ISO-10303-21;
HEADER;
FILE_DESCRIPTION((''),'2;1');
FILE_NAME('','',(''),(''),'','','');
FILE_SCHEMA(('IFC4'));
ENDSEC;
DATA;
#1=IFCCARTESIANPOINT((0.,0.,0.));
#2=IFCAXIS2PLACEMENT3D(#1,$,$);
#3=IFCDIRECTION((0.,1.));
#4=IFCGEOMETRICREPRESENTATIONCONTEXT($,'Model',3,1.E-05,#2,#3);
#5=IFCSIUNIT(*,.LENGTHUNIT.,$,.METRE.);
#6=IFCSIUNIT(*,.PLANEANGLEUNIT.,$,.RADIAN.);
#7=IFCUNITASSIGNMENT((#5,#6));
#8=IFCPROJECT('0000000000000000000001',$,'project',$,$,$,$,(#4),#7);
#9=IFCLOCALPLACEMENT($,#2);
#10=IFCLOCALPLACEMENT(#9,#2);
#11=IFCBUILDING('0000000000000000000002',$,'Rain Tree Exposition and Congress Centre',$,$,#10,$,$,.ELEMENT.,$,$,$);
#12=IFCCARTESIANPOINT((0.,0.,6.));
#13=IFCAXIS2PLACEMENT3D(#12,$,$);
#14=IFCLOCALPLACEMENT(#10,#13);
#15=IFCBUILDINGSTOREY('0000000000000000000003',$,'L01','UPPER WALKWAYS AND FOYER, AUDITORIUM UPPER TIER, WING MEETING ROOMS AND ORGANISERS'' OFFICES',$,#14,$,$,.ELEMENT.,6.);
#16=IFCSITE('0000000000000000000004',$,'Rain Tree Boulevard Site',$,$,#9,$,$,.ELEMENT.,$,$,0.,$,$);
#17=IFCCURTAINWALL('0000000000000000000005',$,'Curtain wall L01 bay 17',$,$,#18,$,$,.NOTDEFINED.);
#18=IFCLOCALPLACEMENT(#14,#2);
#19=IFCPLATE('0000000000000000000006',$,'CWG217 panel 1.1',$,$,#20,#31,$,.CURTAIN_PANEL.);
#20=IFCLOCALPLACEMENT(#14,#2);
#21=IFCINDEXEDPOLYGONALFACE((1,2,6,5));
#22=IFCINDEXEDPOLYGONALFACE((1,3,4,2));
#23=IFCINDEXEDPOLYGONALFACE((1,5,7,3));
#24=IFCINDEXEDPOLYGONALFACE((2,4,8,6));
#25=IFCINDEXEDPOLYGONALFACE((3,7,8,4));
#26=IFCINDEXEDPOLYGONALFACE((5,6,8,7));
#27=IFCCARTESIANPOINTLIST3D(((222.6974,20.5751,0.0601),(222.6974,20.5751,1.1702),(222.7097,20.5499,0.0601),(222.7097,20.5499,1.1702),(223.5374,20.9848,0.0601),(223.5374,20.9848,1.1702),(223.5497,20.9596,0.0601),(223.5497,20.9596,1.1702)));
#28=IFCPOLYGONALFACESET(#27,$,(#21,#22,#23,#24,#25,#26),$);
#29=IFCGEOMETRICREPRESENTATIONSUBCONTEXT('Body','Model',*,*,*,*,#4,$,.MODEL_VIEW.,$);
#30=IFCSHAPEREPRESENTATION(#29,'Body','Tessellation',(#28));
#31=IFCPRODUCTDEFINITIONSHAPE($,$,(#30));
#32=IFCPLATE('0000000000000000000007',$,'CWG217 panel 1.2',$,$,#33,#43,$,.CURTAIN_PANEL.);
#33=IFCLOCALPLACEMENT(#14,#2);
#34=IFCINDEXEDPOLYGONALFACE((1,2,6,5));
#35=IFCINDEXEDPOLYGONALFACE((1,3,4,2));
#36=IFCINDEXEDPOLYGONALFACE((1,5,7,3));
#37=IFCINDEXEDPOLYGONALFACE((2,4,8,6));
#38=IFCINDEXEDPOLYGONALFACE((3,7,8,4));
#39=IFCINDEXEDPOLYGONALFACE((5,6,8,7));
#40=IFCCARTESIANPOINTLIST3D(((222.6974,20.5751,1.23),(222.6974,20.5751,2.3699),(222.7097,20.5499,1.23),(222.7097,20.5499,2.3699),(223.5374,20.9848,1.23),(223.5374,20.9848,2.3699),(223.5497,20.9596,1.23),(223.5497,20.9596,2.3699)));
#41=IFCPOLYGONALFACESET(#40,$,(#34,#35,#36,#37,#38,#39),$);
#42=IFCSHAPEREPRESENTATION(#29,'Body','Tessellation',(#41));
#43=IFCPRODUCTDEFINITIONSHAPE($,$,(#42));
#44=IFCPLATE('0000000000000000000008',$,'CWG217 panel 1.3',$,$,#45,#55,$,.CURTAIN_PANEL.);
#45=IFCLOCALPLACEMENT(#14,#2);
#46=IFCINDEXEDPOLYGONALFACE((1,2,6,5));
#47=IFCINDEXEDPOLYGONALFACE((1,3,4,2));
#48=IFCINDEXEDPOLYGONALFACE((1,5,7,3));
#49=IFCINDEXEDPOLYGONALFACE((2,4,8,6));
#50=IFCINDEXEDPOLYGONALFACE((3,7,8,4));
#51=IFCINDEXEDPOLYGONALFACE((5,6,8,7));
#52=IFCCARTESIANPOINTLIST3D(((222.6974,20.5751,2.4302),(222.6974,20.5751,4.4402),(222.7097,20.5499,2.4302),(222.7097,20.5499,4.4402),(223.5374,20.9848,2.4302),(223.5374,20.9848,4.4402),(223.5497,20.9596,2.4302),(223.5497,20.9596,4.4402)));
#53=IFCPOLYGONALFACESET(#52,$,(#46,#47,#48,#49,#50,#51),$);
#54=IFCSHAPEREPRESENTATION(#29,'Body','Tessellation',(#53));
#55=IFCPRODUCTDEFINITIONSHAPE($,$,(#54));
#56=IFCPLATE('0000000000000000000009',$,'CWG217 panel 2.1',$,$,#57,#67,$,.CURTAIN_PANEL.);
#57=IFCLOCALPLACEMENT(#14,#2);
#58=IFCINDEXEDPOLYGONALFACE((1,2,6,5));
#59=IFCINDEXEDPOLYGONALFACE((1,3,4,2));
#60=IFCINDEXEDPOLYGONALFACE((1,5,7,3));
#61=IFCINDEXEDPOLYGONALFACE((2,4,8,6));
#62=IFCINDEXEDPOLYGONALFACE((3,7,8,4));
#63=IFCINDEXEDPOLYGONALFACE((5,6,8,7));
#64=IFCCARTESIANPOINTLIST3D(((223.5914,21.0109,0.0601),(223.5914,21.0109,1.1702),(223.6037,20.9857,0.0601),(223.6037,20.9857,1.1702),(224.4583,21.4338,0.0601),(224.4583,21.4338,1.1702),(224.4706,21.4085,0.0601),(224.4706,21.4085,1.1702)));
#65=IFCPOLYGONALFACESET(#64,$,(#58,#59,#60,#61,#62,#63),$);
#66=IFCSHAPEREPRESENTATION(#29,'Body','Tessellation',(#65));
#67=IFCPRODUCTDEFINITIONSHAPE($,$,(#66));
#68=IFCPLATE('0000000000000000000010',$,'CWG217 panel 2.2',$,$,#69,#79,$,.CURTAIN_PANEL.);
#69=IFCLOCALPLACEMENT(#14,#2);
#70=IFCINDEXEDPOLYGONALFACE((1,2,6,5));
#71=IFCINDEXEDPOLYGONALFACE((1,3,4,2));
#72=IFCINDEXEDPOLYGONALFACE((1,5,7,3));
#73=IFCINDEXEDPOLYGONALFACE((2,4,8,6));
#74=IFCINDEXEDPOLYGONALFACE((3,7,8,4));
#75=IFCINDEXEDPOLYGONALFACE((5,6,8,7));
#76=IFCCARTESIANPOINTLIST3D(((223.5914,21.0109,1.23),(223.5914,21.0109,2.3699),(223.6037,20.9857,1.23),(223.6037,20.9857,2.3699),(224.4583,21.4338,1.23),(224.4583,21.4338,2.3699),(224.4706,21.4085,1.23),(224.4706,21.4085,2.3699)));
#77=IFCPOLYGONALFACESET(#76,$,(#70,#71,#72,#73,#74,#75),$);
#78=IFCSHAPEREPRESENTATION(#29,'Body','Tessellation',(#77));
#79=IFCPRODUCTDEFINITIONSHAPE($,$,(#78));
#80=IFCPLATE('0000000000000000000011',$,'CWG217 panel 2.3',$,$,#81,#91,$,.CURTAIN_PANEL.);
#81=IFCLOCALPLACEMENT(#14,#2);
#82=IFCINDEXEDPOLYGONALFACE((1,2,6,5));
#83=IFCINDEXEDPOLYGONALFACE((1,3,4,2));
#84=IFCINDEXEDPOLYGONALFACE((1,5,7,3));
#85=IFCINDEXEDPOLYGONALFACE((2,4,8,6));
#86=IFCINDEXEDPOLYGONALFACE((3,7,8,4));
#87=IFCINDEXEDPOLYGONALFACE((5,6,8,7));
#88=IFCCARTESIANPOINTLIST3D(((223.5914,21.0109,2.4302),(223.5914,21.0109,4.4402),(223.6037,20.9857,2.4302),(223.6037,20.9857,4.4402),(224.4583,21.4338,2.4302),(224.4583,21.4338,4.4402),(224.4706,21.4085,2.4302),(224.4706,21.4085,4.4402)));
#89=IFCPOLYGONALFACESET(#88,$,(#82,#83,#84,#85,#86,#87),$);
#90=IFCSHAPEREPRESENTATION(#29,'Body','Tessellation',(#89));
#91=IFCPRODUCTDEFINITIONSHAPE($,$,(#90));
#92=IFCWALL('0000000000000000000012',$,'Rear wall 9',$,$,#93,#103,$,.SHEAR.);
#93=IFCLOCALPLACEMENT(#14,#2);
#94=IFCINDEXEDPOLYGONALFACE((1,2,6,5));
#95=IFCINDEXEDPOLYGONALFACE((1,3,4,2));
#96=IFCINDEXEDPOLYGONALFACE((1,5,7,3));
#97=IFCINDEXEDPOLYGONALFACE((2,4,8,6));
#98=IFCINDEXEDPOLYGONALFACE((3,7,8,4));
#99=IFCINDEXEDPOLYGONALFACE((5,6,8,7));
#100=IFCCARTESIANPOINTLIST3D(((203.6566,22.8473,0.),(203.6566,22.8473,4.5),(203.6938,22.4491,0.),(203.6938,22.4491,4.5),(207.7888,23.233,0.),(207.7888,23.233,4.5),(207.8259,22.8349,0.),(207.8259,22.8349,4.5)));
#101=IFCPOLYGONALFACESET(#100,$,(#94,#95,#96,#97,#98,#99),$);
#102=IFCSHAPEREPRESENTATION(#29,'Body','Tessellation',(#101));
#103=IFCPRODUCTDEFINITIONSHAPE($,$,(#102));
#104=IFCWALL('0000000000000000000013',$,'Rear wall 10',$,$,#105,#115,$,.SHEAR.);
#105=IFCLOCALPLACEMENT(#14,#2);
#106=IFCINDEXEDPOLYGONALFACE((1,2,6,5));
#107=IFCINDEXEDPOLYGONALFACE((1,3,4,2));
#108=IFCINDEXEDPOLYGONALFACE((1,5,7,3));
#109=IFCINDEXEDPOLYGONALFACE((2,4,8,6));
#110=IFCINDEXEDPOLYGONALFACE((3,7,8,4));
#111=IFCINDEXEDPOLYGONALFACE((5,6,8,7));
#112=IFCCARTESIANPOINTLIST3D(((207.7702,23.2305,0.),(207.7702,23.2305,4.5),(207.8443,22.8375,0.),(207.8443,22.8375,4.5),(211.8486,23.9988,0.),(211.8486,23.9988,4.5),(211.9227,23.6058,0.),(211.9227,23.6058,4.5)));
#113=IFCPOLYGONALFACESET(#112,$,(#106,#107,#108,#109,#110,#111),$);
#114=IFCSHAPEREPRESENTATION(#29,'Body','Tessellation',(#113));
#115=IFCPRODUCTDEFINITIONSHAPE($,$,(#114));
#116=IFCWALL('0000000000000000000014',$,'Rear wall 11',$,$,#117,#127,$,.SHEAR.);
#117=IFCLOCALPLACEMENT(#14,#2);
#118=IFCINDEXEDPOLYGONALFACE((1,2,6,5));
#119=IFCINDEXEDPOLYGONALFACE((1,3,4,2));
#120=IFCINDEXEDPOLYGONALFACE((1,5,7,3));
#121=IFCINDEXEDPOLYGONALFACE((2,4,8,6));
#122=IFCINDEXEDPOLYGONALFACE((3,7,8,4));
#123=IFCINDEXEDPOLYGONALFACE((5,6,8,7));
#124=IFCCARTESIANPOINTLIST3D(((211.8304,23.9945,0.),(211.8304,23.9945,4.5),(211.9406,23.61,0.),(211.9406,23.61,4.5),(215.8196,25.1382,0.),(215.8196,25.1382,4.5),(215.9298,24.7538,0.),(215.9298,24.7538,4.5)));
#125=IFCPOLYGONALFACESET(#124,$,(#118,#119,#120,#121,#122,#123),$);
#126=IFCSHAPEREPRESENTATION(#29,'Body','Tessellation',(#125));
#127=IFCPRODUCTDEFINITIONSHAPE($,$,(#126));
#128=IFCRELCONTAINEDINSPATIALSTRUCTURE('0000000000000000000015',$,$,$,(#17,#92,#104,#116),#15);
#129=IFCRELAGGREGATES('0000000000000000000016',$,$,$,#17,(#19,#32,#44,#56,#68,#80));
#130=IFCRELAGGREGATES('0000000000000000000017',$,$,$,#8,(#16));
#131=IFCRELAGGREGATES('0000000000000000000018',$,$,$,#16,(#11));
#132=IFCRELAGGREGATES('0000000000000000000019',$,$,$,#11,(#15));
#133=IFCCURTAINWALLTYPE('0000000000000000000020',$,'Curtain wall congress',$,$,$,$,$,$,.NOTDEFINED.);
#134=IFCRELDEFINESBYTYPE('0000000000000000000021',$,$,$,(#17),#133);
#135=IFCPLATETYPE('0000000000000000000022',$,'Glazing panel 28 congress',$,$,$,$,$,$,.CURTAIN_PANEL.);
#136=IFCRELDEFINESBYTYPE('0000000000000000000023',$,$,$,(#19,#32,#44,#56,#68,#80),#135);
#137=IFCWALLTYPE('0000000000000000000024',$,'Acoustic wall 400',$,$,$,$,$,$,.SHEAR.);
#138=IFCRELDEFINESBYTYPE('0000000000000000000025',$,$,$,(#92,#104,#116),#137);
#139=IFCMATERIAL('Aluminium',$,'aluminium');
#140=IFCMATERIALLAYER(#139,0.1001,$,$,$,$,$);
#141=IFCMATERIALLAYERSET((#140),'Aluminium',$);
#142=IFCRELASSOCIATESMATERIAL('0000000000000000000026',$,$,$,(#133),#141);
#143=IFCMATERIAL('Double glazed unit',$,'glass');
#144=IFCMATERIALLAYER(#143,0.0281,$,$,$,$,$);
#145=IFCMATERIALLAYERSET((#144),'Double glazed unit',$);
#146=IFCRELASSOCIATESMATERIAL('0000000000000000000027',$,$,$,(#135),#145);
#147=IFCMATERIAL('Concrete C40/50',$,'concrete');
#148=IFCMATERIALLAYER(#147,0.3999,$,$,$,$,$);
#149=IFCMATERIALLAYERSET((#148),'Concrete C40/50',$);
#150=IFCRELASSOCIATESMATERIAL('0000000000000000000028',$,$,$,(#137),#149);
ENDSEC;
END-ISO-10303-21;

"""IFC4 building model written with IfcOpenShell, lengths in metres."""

from ifc_helpers import new_model, si_unit, direction, frame, frame_2d, origin, origin_2d, place, context, subcontext, project, spatial, rectangle, extrude, material, layer, layer_set, type_object, element, aggregate, save


model = new_model("IFC4")

# Units and contexts
model_context = context("Model", 3, precision=1e-05, world=origin(), true_north=direction((0.0, 1.0)))
body_context = subcontext(model_context, "Body", "Model", "MODEL_VIEW")
ifc_project = project(units=[si_unit("LENGTHUNIT", "METRE"), si_unit("PLANEANGLEUNIT", "RADIAN")], contexts=[model_context])

# Site, building, storey
site_placement = place(None, origin())
site = spatial("IfcSite", under=ifc_project, at=site_placement, Name="Rain Tree Boulevard Site", CompositionType="ELEMENT", RefElevation=0.0)
building_placement = place(site_placement, origin())
building = spatial("IfcBuilding", under=site, at=building_placement, Name="Rain Tree Exposition and Congress Centre", CompositionType="ELEMENT")
storey_placement = place(building_placement, frame((0.0, 0.0, 6.0)))
storey = spatial("IfcBuildingStorey", under=building, at=storey_placement, Name="L01", Description="UPPER WALKWAYS AND FOYER, AUDITORIUM UPPER TIER, WING MEETING ROOMS AND ORGANISERS' OFFICES", CompositionType="ELEMENT", Elevation=6.0)

# Curtain wall
ifc_material_1 = material(Name="Aluminium", Category="aluminium")
ifc_layer_1 = layer(ifc_material_1, 0.1001)
ifc_layer_set_1 = layer_set([ifc_layer_1], Name="Aluminium")
curtain_wall_type = type_object("IfcCurtainWallType", Name="Curtain wall congress", PredefinedType="NOTDEFINED", material=ifc_layer_set_1)
curtain_wall_1_placement = place(storey_placement, origin())
curtain_wall_1 = element("IfcCurtainWall", 1, at=curtain_wall_1_placement, inside=storey, type_object=curtain_wall_type, Name="Curtain wall L01 bay 17", PredefinedType="NOTDEFINED")

# Plates
ifc_material_2 = material(Name="Double glazed unit", Category="glass")
ifc_layer_2 = layer(ifc_material_2, 0.0281)
ifc_layer_set_2 = layer_set([ifc_layer_2], Name="Double glazed unit")
plate_type = type_object("IfcPlateType", Name="Glazing panel 28 congress", PredefinedType="CURTAIN_PANEL", material=ifc_layer_set_2)
plate_1_placement = place(storey_placement, frame((223.1235, 20.7673, 0.0601), z_axis=(0.0, 0.0, 1.0), x_axis=(0.898795, 0.438369, 0.0)))
plate_1 = element("IfcPlate", 2, at=plate_1_placement, type_object=plate_type, Name="CWG217 panel 1.1", PredefinedType="CURTAIN_PANEL", context=body_context, shape_type="SweptSolid", body=[
    extrude(rectangle(XDim=0.9346, YDim=0.0281, at=origin_2d()), origin(), (0.0, 0.0, 1.0), 1.1101),
])
plate_2_placement = place(storey_placement, frame((223.1235, 20.7673, 1.23), z_axis=(0.0, 0.0, 1.0), x_axis=(0.898795, 0.438369, 0.0)))
plate_2 = element("IfcPlate", 3, at=plate_2_placement, type_object=plate_type, Name="CWG217 panel 1.2", PredefinedType="CURTAIN_PANEL", context=body_context, shape_type="SweptSolid", body=[
    extrude(rectangle(XDim=0.9346, YDim=0.0281, at=origin_2d()), origin(), (0.0, 0.0, 1.0), 1.1399),
])
plate_3_placement = place(storey_placement, frame((223.1235, 20.7673, 2.4302), z_axis=(0.0, 0.0, 1.0), x_axis=(0.898795, 0.438369, 0.0)))
plate_3 = element("IfcPlate", 4, at=plate_3_placement, type_object=plate_type, Name="CWG217 panel 1.3", PredefinedType="CURTAIN_PANEL", context=body_context, shape_type="SweptSolid", body=[
    extrude(rectangle(XDim=0.9346, YDim=0.0281, at=origin_2d()), origin(), (0.0, 0.0, 1.0), 2.01),
])
plate_4_placement = place(storey_placement, frame((224.031, 21.2097, 0.0601), z_axis=(0.0, 0.0, 1.0), x_axis=(0.898795, 0.438369, 0.0)))
plate_4 = element("IfcPlate", 5, at=plate_4_placement, type_object=plate_type, Name="CWG217 panel 2.1", PredefinedType="CURTAIN_PANEL", context=body_context, shape_type="SweptSolid", body=[
    extrude(rectangle(XDim=0.9646, YDim=0.0281, at=origin_2d()), origin(), (0.0, 0.0, 1.0), 1.1101),
])
plate_5_placement = place(storey_placement, frame((224.031, 21.2097, 1.23), z_axis=(0.0, 0.0, 1.0), x_axis=(0.898795, 0.438369, 0.0)))
plate_5 = element("IfcPlate", 6, at=plate_5_placement, type_object=plate_type, Name="CWG217 panel 2.2", PredefinedType="CURTAIN_PANEL", context=body_context, shape_type="SweptSolid", body=[
    extrude(rectangle(XDim=0.9646, YDim=0.0281, at=origin_2d()), origin(), (0.0, 0.0, 1.0), 1.1399),
])
plate_6_placement = place(storey_placement, frame((224.031, 21.2097, 2.4302), z_axis=(0.0, 0.0, 1.0), x_axis=(0.898795, 0.438369, 0.0)))
plate_6 = element("IfcPlate", 7, at=plate_6_placement, type_object=plate_type, Name="CWG217 panel 2.3", PredefinedType="CURTAIN_PANEL", context=body_context, shape_type="SweptSolid", body=[
    extrude(rectangle(XDim=0.9646, YDim=0.0281, at=origin_2d()), origin(), (0.0, 0.0, 1.0), 2.01),
])
aggregate(curtain_wall_1, [plate_1, plate_2, plate_3, plate_4, plate_5, plate_6])

# Walls
ifc_material_3 = material(Name="Concrete C40/50", Category="concrete")
ifc_layer_3 = layer(ifc_material_3, 0.3999)
ifc_layer_set_3 = layer_set([ifc_layer_3], Name="Concrete C40/50")
wall_type = type_object("IfcWallType", Name="Acoustic wall 400", PredefinedType="SHEAR", material=ifc_layer_set_3)
for number, where, z_axis, x_axis, name in (
    (8, (203.675, 22.6482, 0.0), (0.0, 0.0, 1.0), (0.995671, 0.092949, 0.0), "Rear wall 9"),
    (9, (207.8071, 23.0339, 0.0), (0.0, 0.0, 1.0), (0.982714, 0.18513, 0.0), "Rear wall 10"),
):
    element("IfcWall", number, at=place(storey_placement, frame(where, z_axis=z_axis, x_axis=x_axis)), inside=storey, type_object=wall_type, Name=name, PredefinedType="SHEAR", context=body_context, shape_type="SweptSolid", body=[
        extrude(rectangle(XDim=4.1501, YDim=0.3999, at=frame_2d((2.0752, 0.0))), origin(), (0.0, 0.0, 1.0), 4.5),
    ])
wall_placement = place(storey_placement, frame((211.8855, 23.8022, 0.0), z_axis=(0.0, 0.0, 1.0), x_axis=(0.961268, 0.275615, 0.0)))
element("IfcWall", 10, at=wall_placement, inside=storey, type_object=wall_type, Name="Rear wall 11", PredefinedType="SHEAR", context=body_context, shape_type="SweptSolid", body=[
    extrude(rectangle(XDim=4.1499, YDim=0.3999, at=frame_2d((2.075, 0.0))), origin(), (0.0, 0.0, 1.0), 4.5),
])

save(model, "model.ifc")
